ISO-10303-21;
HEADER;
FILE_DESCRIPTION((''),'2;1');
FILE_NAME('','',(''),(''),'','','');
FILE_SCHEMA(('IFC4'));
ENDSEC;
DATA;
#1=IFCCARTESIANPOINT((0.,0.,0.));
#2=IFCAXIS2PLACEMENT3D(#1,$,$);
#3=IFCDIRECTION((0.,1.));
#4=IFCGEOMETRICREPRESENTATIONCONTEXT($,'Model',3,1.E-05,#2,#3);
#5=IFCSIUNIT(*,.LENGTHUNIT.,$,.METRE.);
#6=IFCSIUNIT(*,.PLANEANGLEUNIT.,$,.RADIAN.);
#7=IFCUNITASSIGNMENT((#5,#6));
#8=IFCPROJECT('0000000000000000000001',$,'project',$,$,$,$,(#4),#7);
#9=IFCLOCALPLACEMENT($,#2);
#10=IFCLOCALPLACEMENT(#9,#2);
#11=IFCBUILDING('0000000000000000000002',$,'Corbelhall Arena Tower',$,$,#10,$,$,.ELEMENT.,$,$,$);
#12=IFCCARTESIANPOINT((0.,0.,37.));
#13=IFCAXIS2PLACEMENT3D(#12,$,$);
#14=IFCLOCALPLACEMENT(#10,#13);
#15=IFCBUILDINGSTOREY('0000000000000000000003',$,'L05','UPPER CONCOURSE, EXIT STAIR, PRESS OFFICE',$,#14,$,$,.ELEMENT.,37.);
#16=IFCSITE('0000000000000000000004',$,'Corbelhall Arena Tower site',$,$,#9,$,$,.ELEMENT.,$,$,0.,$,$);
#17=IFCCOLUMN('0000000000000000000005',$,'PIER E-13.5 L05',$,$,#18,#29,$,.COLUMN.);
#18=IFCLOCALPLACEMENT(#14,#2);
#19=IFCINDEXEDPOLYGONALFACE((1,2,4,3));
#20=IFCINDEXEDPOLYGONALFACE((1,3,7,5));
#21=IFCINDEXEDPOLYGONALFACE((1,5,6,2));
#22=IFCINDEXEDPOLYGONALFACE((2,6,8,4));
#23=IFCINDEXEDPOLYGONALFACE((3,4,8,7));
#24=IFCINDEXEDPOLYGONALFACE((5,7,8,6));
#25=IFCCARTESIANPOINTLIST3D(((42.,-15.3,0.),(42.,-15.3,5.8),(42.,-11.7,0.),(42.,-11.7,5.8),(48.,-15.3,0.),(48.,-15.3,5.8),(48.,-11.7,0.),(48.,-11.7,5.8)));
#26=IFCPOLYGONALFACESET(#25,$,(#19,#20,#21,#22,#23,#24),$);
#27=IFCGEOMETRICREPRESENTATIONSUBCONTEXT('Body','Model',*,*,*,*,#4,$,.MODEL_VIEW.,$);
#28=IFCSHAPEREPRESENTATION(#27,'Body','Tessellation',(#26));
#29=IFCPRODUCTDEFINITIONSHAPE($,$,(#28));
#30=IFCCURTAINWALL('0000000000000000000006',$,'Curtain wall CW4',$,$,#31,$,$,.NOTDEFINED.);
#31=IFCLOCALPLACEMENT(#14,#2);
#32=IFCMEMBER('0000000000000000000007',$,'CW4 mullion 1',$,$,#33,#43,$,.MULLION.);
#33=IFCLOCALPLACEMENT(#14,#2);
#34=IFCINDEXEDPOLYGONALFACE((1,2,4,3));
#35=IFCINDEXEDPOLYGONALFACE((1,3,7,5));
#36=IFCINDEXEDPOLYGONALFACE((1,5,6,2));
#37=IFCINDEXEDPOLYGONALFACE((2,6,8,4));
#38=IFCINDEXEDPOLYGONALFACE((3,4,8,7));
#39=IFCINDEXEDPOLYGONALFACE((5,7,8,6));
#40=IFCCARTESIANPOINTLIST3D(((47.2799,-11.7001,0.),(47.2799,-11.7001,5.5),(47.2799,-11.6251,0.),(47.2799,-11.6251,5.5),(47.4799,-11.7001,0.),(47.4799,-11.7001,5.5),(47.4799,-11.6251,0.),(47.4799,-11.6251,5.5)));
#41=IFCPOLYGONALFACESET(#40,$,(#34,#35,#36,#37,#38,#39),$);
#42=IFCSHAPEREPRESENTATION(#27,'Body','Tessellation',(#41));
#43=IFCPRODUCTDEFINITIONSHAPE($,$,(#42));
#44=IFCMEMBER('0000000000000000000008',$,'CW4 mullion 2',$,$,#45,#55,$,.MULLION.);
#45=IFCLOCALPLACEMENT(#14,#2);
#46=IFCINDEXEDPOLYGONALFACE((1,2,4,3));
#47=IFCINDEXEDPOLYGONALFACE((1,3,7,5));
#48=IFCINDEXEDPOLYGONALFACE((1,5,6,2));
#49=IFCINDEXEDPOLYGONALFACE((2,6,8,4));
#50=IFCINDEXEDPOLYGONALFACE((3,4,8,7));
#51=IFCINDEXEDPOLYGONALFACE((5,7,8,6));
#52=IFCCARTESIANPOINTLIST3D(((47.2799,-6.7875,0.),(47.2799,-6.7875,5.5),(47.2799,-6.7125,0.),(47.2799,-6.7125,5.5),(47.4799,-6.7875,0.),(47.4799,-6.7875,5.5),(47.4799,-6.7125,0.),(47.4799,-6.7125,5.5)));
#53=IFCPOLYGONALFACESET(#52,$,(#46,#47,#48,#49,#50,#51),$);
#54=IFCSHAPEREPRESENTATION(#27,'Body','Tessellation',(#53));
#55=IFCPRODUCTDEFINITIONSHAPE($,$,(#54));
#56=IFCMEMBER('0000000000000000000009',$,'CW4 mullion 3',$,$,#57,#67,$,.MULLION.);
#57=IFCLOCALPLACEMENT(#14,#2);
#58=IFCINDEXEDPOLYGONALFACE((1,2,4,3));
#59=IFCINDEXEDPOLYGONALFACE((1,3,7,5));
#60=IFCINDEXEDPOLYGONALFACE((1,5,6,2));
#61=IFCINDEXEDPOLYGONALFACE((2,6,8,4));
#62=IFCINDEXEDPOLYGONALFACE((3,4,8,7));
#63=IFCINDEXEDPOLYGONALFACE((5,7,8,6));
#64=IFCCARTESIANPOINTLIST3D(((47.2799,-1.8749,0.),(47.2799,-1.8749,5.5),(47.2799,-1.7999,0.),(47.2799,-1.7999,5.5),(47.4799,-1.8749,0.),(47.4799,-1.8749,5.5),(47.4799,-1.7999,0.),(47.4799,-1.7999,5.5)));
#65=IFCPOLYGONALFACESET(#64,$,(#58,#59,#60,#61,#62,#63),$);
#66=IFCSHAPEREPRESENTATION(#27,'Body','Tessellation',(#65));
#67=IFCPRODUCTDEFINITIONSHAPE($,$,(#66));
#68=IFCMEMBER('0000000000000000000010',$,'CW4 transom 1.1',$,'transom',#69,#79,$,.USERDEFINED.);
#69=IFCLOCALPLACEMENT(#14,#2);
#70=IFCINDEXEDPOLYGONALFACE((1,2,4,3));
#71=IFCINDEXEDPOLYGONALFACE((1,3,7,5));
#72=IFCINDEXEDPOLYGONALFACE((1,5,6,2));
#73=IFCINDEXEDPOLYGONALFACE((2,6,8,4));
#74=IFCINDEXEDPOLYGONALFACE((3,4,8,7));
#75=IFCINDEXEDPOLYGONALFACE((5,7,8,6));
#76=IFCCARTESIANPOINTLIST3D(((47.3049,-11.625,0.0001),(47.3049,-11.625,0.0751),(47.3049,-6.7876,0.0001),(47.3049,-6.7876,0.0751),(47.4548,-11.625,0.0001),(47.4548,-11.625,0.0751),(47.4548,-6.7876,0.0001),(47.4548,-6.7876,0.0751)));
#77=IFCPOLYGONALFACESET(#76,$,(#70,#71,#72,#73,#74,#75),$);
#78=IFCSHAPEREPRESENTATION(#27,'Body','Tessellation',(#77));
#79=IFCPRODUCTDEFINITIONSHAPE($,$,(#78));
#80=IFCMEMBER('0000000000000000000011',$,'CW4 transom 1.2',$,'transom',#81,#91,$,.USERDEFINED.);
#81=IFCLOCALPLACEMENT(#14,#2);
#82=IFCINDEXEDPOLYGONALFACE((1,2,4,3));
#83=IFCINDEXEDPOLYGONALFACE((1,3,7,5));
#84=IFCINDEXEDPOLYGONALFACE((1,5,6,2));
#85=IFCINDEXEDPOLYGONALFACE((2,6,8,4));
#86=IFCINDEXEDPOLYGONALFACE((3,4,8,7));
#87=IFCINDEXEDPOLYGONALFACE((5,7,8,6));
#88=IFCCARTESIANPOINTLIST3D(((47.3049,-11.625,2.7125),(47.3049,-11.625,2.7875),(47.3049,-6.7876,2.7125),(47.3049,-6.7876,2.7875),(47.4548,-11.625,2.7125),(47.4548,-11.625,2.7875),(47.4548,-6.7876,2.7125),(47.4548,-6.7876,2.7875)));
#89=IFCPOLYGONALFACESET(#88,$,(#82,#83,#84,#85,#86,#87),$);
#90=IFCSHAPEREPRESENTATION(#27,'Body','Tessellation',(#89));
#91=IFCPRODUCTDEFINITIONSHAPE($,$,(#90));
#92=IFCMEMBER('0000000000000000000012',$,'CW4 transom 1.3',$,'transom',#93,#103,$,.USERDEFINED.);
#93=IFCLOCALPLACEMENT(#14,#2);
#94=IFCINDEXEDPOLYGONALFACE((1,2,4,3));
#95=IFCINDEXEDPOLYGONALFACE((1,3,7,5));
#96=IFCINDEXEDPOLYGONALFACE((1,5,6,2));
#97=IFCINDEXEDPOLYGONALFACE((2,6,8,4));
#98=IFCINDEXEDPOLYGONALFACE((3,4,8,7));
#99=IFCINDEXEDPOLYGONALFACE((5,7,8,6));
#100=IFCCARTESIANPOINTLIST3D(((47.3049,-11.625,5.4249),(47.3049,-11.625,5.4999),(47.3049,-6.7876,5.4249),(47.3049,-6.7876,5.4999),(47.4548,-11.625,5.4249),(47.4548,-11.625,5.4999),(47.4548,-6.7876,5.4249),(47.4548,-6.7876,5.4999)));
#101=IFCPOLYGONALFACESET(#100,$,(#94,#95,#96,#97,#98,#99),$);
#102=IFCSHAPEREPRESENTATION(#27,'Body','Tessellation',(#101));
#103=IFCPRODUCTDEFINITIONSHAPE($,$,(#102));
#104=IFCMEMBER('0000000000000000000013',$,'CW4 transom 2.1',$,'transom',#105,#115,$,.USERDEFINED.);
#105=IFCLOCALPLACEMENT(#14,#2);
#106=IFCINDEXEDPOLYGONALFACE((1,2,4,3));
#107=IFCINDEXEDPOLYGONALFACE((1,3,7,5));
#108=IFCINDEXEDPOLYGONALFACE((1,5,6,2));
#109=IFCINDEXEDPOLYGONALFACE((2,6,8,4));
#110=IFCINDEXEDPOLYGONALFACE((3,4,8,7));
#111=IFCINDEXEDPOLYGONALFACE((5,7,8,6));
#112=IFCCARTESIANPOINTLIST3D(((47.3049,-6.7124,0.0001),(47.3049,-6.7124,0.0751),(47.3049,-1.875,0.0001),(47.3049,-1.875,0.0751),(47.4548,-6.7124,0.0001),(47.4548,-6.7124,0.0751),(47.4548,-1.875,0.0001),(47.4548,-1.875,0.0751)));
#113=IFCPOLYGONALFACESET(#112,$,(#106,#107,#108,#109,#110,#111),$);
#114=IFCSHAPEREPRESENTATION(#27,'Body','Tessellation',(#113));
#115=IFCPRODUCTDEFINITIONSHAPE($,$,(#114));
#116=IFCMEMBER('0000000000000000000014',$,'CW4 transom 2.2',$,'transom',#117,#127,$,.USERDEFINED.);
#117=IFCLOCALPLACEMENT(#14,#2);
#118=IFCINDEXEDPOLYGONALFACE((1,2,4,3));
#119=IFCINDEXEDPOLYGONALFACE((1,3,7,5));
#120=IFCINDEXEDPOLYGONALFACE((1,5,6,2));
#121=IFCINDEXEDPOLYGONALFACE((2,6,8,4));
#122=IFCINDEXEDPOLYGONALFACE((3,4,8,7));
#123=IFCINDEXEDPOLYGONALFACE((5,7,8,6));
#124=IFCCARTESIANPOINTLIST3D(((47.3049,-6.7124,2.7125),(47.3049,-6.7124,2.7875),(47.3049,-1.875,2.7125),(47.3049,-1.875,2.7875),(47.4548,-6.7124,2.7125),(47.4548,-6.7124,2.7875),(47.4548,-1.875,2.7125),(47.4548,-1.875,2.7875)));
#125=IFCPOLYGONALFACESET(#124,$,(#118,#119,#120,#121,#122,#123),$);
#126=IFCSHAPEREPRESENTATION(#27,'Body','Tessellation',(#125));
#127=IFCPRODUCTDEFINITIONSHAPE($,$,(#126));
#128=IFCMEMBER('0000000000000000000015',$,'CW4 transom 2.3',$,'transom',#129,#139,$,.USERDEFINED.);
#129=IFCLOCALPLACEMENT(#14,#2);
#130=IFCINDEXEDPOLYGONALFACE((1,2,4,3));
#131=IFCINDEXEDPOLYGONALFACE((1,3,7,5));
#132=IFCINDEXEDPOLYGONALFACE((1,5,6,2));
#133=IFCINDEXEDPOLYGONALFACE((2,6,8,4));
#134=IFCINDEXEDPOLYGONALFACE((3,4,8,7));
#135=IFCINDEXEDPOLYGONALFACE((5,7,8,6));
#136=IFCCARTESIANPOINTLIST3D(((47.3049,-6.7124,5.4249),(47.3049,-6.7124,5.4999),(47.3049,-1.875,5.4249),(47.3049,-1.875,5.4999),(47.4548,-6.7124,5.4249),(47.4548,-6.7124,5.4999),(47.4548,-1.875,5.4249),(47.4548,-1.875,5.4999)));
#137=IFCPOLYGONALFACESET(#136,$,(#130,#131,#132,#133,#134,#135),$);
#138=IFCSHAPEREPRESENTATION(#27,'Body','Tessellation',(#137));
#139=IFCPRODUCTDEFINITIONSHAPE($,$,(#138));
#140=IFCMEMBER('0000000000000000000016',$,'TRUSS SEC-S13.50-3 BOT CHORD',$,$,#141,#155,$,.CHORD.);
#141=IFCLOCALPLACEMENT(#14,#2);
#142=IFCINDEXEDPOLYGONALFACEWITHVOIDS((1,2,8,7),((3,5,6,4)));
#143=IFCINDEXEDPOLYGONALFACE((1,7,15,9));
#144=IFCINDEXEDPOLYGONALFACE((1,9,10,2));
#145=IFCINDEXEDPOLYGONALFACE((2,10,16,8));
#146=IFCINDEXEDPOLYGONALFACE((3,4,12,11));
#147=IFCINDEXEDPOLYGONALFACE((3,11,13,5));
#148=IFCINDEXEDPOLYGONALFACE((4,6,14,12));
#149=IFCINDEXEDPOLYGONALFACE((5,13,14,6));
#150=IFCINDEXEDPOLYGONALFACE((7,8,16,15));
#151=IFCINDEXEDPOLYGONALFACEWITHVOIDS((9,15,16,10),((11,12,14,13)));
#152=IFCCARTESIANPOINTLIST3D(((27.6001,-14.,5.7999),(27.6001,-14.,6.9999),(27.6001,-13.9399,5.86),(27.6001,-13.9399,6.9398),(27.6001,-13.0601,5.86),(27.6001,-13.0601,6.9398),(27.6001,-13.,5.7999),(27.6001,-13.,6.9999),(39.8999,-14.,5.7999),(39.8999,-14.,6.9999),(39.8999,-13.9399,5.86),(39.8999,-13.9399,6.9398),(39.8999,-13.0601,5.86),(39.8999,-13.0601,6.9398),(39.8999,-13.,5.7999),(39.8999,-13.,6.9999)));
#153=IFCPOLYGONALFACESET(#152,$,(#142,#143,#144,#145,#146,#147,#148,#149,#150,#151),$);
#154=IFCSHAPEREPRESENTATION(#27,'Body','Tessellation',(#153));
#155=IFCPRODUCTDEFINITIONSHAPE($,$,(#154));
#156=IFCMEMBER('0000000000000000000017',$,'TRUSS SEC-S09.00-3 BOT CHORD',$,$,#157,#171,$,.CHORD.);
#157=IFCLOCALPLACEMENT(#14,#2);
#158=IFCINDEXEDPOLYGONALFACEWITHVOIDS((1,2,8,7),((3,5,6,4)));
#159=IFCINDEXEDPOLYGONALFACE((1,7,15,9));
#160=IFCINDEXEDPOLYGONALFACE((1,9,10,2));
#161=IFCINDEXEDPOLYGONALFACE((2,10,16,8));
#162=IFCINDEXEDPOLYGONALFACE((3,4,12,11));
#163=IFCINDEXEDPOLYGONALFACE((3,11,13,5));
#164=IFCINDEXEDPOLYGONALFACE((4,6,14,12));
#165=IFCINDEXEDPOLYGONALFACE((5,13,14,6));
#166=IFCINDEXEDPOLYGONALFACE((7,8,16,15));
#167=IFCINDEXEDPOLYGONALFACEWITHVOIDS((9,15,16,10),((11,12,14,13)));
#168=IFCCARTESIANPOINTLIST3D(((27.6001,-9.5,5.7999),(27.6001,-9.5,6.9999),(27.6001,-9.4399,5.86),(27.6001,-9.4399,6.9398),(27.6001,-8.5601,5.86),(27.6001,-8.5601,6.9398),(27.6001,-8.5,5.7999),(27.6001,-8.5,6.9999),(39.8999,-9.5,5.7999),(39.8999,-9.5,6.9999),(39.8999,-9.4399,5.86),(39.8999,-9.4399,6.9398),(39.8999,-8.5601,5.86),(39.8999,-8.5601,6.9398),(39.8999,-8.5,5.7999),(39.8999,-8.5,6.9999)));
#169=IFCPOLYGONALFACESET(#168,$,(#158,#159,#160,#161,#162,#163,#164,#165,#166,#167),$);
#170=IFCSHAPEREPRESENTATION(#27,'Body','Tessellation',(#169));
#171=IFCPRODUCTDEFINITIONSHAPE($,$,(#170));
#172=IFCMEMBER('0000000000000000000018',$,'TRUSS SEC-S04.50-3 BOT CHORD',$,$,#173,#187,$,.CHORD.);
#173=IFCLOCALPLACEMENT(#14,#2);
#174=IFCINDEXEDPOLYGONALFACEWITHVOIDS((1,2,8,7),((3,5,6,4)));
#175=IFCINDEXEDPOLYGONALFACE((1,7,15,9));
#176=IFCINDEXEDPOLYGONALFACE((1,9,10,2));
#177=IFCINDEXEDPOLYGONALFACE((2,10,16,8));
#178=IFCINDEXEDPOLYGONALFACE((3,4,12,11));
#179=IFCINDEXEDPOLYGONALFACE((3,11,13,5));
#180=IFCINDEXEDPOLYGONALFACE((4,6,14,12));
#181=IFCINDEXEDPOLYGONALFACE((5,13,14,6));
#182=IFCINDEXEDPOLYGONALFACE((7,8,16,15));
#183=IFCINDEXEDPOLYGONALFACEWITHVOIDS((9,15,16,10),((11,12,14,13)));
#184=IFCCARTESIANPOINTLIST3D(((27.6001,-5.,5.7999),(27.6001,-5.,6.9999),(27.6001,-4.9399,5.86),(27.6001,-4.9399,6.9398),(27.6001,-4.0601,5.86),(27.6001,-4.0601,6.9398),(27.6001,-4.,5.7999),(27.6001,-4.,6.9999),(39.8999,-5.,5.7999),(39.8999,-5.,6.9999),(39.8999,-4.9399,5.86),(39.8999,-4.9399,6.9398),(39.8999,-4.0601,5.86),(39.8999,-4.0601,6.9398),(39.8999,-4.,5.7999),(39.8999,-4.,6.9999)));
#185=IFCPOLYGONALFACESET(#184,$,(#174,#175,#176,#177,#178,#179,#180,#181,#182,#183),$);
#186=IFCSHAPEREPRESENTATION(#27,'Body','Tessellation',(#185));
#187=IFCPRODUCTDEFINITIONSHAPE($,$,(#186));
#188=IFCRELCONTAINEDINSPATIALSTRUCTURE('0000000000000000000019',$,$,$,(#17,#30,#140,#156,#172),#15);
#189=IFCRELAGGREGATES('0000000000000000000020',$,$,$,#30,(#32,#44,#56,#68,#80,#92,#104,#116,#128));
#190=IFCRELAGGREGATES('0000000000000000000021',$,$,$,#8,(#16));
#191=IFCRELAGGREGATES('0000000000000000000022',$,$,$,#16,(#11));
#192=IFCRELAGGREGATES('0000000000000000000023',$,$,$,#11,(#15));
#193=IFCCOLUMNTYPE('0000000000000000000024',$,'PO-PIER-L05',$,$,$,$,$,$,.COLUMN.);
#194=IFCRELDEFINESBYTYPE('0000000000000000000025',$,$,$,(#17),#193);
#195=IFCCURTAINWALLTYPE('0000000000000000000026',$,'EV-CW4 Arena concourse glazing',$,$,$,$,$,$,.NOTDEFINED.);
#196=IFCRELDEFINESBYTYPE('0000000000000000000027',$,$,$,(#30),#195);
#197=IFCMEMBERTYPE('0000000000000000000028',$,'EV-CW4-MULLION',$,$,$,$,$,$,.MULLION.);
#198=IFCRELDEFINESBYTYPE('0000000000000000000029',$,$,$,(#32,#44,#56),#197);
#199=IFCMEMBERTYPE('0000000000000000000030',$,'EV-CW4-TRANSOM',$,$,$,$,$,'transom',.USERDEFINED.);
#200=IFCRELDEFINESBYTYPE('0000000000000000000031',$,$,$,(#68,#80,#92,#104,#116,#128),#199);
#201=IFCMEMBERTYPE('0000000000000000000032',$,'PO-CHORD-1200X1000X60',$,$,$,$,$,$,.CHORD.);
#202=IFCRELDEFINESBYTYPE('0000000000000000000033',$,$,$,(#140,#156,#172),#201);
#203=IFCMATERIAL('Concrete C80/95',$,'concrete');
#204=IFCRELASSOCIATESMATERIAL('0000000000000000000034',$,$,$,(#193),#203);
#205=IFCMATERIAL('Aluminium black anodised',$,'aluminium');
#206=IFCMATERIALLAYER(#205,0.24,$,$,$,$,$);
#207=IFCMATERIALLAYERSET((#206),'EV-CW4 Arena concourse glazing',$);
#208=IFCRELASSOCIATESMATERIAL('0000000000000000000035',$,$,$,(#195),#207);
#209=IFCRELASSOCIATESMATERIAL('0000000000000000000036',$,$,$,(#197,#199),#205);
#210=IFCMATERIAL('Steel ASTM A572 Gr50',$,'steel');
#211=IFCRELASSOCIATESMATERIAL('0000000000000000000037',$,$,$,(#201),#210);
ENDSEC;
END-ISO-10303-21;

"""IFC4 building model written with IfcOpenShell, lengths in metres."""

from ifc_helpers import new_model, si_unit, direction, frame, origin, origin_2d, place, context, subcontext, project, spatial, rectangle, hollow_rectangle, extrude, material, layer, layer_set, material_profile, profile_set, type_object, element, aggregate, save


model = new_model("IFC4")

# Units and contexts
model_context = context("Model", 3, precision=1e-05, world=origin(), true_north=direction((0.0, 1.0)))
body_context = subcontext(model_context, "Body", "Model", "MODEL_VIEW")
ifc_project = project(units=[si_unit("LENGTHUNIT", "METRE"), si_unit("PLANEANGLEUNIT", "RADIAN")], contexts=[model_context])

# Site, building, storey
site_placement = place(None, origin())
site = spatial("IfcSite", under=ifc_project, at=site_placement, Name="Corbelhall Arena Tower site", CompositionType="ELEMENT", RefElevation=0.0)
building_placement = place(site_placement, origin())
building = spatial("IfcBuilding", under=site, at=building_placement, Name="Corbelhall Arena Tower", CompositionType="ELEMENT")
storey_placement = place(building_placement, frame((0.0, 0.0, 37.0)))
storey = spatial("IfcBuildingStorey", under=building, at=storey_placement, Name="L05", Description="UPPER CONCOURSE, EXIT STAIR, PRESS OFFICE", CompositionType="ELEMENT", Elevation=37.0)

# Column
ifc_material_1 = material(Name="Concrete C80/95", Category="concrete")
ifc_material_profile_1 = material_profile(ifc_material_1, rectangle(XDim=3.6001, YDim=6.0, at=origin_2d()))
ifc_profile_set_1 = profile_set([ifc_material_profile_1], Name="Concrete C80/95")
column_type = type_object("IfcColumnType", Name="PO-PIER-L05", PredefinedType="COLUMN", material=ifc_profile_set_1)
column_placement = place(storey_placement, frame((45.0, -13.5, 0.0), z_axis=(0.0, 0.0, 1.0), x_axis=(0.0, 1.0, 0.0)))
element("IfcColumn", 1, at=column_placement, inside=storey, type_object=column_type, Name="PIER E-13.5 L05", PredefinedType="COLUMN", context=body_context, shape_type="SweptSolid", body=[
    extrude(rectangle(XDim=3.6001, YDim=6.0, at=origin_2d()), origin(), (0.0, 0.0, 1.0), 5.8),
])

# Curtain wall, members
ifc_material_2 = material(Name="Aluminium black anodised", Category="aluminium")
ifc_layer_1 = layer(ifc_material_2, 0.24)
ifc_layer_set_1 = layer_set([ifc_layer_1], Name="EV-CW4 Arena concourse glazing")
curtain_wall_type = type_object("IfcCurtainWallType", Name="EV-CW4 Arena concourse glazing", PredefinedType="NOTDEFINED", material=ifc_layer_set_1)
curtain_wall_placement = place(storey_placement, origin())
curtain_wall = element("IfcCurtainWall", 2, at=curtain_wall_placement, inside=storey, type_object=curtain_wall_type, Name="Curtain wall CW4", PredefinedType="NOTDEFINED")
ifc_material_profile_2 = material_profile(ifc_material_2, rectangle(XDim=0.2, YDim=0.075, at=origin_2d()))
ifc_profile_set_2 = profile_set([ifc_material_profile_2], Name="Aluminium black anodised")
member_type_1 = type_object("IfcMemberType", Name="EV-CW4-MULLION", PredefinedType="MULLION", material=ifc_profile_set_2)
member_1_placement = place(storey_placement, frame((47.3799, -11.6626, 0.0), z_axis=(0.0, 0.0, 1.0), x_axis=(-1.0, 0.0, 0.0)))
member_1 = element("IfcMember", 3, at=member_1_placement, type_object=member_type_1, Name="CW4 mullion 1", PredefinedType="MULLION", context=body_context, shape_type="SweptSolid", body=[
    extrude(rectangle(XDim=0.2, YDim=0.075, at=origin_2d()), origin(), (0.0, 0.0, 1.0), 5.5),
])
member_2_placement = place(storey_placement, frame((47.3799, -6.75, 0.0), z_axis=(0.0, 0.0, 1.0), x_axis=(-1.0, 0.0, 0.0)))
member_2 = element("IfcMember", 4, at=member_2_placement, type_object=member_type_1, Name="CW4 mullion 2", PredefinedType="MULLION", context=body_context, shape_type="SweptSolid", body=[
    extrude(rectangle(XDim=0.2, YDim=0.075, at=origin_2d()), origin(), (0.0, 0.0, 1.0), 5.5),
])
member_3_placement = place(storey_placement, frame((47.3799, -1.8374, 0.0), z_axis=(0.0, 0.0, 1.0), x_axis=(-1.0, 0.0, 0.0)))
member_3 = element("IfcMember", 5, at=member_3_placement, type_object=member_type_1, Name="CW4 mullion 3", PredefinedType="MULLION", context=body_context, shape_type="SweptSolid", body=[
    extrude(rectangle(XDim=0.2, YDim=0.075, at=origin_2d()), origin(), (0.0, 0.0, 1.0), 5.5),
])
ifc_material_profile_3 = material_profile(ifc_material_2, rectangle(XDim=0.1499, YDim=0.075, at=origin_2d()))
ifc_profile_set_3 = profile_set([ifc_material_profile_3], Name="Aluminium black anodised")
member_type_2 = type_object("IfcMemberType", Name="EV-CW4-TRANSOM", ElementType="transom", PredefinedType="USERDEFINED", material=ifc_profile_set_3)
member_4_placement = place(storey_placement, frame((47.3799, -11.625, 0.0376), z_axis=(0.0, 1.0, 0.0), x_axis=(-1.0, 0.0, 0.0)))
member_4 = element("IfcMember", 6, at=member_4_placement, type_object=member_type_2, Name="CW4 transom 1.1", ObjectType="transom", PredefinedType="USERDEFINED", context=body_context, shape_type="SweptSolid", body=[
    extrude(rectangle(XDim=0.1499, YDim=0.075, at=origin_2d()), origin(), (0.0, 0.0, 1.0), 4.8374),
])
member_5_placement = place(storey_placement, frame((47.3799, -11.625, 2.75), z_axis=(0.0, 1.0, 0.0), x_axis=(-1.0, 0.0, 0.0)))
member_5 = element("IfcMember", 7, at=member_5_placement, type_object=member_type_2, Name="CW4 transom 1.2", ObjectType="transom", PredefinedType="USERDEFINED", context=body_context, shape_type="SweptSolid", body=[
    extrude(rectangle(XDim=0.1499, YDim=0.075, at=origin_2d()), origin(), (0.0, 0.0, 1.0), 4.8374),
])
member_6_placement = place(storey_placement, frame((47.3799, -11.625, 5.4624), z_axis=(0.0, 1.0, 0.0), x_axis=(-1.0, 0.0, 0.0)))
member_6 = element("IfcMember", 8, at=member_6_placement, type_object=member_type_2, Name="CW4 transom 1.3", ObjectType="transom", PredefinedType="USERDEFINED", context=body_context, shape_type="SweptSolid", body=[
    extrude(rectangle(XDim=0.1499, YDim=0.075, at=origin_2d()), origin(), (0.0, 0.0, 1.0), 4.8374),
])
member_7_placement = place(storey_placement, frame((47.3799, -6.7124, 0.0376), z_axis=(0.0, 1.0, 0.0), x_axis=(-1.0, 0.0, 0.0)))
member_7 = element("IfcMember", 9, at=member_7_placement, type_object=member_type_2, Name="CW4 transom 2.1", ObjectType="transom", PredefinedType="USERDEFINED", context=body_context, shape_type="SweptSolid", body=[
    extrude(rectangle(XDim=0.1499, YDim=0.075, at=origin_2d()), origin(), (0.0, 0.0, 1.0), 4.8374),
])
member_8_placement = place(storey_placement, frame((47.3799, -6.7124, 2.75), z_axis=(0.0, 1.0, 0.0), x_axis=(-1.0, 0.0, 0.0)))
member_8 = element("IfcMember", 10, at=member_8_placement, type_object=member_type_2, Name="CW4 transom 2.2", ObjectType="transom", PredefinedType="USERDEFINED", context=body_context, shape_type="SweptSolid", body=[
    extrude(rectangle(XDim=0.1499, YDim=0.075, at=origin_2d()), origin(), (0.0, 0.0, 1.0), 4.8374),
])
member_9_placement = place(storey_placement, frame((47.3799, -6.7124, 5.4624), z_axis=(0.0, 1.0, 0.0), x_axis=(-1.0, 0.0, 0.0)))
member_9 = element("IfcMember", 11, at=member_9_placement, type_object=member_type_2, Name="CW4 transom 2.3", ObjectType="transom", PredefinedType="USERDEFINED", context=body_context, shape_type="SweptSolid", body=[
    extrude(rectangle(XDim=0.1499, YDim=0.075, at=origin_2d()), origin(), (0.0, 0.0, 1.0), 4.8374),
])

# Members
ifc_material_3 = material(Name="Steel ASTM A572 Gr50", Category="steel")
ifc_material_profile_4 = material_profile(ifc_material_3, hollow_rectangle(XDim=1.0, YDim=1.2, WallThickness=0.0601, at=origin_2d()))
ifc_profile_set_4 = profile_set([ifc_material_profile_4], Name="Steel ASTM A572 Gr50")
member_type_3 = type_object("IfcMemberType", Name="PO-CHORD-1200X1000X60", PredefinedType="CHORD", material=ifc_profile_set_4)
for number, where, z_axis, x_axis, name in (
    (12, (27.6001, -13.5, 6.3999), (1.0, 0.0, 0.0), (0.0, 1.0, 0.0), "TRUSS SEC-S13.50-3 BOT CHORD"),
    (13, (27.6001, -9.0, 6.3999), (1.0, 0.0, 0.0), (0.0, 1.0, 0.0), "TRUSS SEC-S09.00-3 BOT CHORD"),
    (14, (27.6001, -4.5, 6.3999), (1.0, 0.0, 0.0), (0.0, 1.0, 0.0), "TRUSS SEC-S04.50-3 BOT CHORD"),
):
    element("IfcMember", number, at=place(storey_placement, frame(where, z_axis=z_axis, x_axis=x_axis)), inside=storey, type_object=member_type_3, Name=name, PredefinedType="CHORD", context=body_context, shape_type="SweptSolid", body=[
        extrude(hollow_rectangle(XDim=1.0, YDim=1.2, WallThickness=0.0601, at=origin_2d()), origin(), (0.0, 0.0, 1.0), 12.2998),
    ])

aggregate(curtain_wall, [member_1, member_2, member_3, member_4, member_5, member_6, member_7, member_8, member_9])

save(model, "model.ifc")
